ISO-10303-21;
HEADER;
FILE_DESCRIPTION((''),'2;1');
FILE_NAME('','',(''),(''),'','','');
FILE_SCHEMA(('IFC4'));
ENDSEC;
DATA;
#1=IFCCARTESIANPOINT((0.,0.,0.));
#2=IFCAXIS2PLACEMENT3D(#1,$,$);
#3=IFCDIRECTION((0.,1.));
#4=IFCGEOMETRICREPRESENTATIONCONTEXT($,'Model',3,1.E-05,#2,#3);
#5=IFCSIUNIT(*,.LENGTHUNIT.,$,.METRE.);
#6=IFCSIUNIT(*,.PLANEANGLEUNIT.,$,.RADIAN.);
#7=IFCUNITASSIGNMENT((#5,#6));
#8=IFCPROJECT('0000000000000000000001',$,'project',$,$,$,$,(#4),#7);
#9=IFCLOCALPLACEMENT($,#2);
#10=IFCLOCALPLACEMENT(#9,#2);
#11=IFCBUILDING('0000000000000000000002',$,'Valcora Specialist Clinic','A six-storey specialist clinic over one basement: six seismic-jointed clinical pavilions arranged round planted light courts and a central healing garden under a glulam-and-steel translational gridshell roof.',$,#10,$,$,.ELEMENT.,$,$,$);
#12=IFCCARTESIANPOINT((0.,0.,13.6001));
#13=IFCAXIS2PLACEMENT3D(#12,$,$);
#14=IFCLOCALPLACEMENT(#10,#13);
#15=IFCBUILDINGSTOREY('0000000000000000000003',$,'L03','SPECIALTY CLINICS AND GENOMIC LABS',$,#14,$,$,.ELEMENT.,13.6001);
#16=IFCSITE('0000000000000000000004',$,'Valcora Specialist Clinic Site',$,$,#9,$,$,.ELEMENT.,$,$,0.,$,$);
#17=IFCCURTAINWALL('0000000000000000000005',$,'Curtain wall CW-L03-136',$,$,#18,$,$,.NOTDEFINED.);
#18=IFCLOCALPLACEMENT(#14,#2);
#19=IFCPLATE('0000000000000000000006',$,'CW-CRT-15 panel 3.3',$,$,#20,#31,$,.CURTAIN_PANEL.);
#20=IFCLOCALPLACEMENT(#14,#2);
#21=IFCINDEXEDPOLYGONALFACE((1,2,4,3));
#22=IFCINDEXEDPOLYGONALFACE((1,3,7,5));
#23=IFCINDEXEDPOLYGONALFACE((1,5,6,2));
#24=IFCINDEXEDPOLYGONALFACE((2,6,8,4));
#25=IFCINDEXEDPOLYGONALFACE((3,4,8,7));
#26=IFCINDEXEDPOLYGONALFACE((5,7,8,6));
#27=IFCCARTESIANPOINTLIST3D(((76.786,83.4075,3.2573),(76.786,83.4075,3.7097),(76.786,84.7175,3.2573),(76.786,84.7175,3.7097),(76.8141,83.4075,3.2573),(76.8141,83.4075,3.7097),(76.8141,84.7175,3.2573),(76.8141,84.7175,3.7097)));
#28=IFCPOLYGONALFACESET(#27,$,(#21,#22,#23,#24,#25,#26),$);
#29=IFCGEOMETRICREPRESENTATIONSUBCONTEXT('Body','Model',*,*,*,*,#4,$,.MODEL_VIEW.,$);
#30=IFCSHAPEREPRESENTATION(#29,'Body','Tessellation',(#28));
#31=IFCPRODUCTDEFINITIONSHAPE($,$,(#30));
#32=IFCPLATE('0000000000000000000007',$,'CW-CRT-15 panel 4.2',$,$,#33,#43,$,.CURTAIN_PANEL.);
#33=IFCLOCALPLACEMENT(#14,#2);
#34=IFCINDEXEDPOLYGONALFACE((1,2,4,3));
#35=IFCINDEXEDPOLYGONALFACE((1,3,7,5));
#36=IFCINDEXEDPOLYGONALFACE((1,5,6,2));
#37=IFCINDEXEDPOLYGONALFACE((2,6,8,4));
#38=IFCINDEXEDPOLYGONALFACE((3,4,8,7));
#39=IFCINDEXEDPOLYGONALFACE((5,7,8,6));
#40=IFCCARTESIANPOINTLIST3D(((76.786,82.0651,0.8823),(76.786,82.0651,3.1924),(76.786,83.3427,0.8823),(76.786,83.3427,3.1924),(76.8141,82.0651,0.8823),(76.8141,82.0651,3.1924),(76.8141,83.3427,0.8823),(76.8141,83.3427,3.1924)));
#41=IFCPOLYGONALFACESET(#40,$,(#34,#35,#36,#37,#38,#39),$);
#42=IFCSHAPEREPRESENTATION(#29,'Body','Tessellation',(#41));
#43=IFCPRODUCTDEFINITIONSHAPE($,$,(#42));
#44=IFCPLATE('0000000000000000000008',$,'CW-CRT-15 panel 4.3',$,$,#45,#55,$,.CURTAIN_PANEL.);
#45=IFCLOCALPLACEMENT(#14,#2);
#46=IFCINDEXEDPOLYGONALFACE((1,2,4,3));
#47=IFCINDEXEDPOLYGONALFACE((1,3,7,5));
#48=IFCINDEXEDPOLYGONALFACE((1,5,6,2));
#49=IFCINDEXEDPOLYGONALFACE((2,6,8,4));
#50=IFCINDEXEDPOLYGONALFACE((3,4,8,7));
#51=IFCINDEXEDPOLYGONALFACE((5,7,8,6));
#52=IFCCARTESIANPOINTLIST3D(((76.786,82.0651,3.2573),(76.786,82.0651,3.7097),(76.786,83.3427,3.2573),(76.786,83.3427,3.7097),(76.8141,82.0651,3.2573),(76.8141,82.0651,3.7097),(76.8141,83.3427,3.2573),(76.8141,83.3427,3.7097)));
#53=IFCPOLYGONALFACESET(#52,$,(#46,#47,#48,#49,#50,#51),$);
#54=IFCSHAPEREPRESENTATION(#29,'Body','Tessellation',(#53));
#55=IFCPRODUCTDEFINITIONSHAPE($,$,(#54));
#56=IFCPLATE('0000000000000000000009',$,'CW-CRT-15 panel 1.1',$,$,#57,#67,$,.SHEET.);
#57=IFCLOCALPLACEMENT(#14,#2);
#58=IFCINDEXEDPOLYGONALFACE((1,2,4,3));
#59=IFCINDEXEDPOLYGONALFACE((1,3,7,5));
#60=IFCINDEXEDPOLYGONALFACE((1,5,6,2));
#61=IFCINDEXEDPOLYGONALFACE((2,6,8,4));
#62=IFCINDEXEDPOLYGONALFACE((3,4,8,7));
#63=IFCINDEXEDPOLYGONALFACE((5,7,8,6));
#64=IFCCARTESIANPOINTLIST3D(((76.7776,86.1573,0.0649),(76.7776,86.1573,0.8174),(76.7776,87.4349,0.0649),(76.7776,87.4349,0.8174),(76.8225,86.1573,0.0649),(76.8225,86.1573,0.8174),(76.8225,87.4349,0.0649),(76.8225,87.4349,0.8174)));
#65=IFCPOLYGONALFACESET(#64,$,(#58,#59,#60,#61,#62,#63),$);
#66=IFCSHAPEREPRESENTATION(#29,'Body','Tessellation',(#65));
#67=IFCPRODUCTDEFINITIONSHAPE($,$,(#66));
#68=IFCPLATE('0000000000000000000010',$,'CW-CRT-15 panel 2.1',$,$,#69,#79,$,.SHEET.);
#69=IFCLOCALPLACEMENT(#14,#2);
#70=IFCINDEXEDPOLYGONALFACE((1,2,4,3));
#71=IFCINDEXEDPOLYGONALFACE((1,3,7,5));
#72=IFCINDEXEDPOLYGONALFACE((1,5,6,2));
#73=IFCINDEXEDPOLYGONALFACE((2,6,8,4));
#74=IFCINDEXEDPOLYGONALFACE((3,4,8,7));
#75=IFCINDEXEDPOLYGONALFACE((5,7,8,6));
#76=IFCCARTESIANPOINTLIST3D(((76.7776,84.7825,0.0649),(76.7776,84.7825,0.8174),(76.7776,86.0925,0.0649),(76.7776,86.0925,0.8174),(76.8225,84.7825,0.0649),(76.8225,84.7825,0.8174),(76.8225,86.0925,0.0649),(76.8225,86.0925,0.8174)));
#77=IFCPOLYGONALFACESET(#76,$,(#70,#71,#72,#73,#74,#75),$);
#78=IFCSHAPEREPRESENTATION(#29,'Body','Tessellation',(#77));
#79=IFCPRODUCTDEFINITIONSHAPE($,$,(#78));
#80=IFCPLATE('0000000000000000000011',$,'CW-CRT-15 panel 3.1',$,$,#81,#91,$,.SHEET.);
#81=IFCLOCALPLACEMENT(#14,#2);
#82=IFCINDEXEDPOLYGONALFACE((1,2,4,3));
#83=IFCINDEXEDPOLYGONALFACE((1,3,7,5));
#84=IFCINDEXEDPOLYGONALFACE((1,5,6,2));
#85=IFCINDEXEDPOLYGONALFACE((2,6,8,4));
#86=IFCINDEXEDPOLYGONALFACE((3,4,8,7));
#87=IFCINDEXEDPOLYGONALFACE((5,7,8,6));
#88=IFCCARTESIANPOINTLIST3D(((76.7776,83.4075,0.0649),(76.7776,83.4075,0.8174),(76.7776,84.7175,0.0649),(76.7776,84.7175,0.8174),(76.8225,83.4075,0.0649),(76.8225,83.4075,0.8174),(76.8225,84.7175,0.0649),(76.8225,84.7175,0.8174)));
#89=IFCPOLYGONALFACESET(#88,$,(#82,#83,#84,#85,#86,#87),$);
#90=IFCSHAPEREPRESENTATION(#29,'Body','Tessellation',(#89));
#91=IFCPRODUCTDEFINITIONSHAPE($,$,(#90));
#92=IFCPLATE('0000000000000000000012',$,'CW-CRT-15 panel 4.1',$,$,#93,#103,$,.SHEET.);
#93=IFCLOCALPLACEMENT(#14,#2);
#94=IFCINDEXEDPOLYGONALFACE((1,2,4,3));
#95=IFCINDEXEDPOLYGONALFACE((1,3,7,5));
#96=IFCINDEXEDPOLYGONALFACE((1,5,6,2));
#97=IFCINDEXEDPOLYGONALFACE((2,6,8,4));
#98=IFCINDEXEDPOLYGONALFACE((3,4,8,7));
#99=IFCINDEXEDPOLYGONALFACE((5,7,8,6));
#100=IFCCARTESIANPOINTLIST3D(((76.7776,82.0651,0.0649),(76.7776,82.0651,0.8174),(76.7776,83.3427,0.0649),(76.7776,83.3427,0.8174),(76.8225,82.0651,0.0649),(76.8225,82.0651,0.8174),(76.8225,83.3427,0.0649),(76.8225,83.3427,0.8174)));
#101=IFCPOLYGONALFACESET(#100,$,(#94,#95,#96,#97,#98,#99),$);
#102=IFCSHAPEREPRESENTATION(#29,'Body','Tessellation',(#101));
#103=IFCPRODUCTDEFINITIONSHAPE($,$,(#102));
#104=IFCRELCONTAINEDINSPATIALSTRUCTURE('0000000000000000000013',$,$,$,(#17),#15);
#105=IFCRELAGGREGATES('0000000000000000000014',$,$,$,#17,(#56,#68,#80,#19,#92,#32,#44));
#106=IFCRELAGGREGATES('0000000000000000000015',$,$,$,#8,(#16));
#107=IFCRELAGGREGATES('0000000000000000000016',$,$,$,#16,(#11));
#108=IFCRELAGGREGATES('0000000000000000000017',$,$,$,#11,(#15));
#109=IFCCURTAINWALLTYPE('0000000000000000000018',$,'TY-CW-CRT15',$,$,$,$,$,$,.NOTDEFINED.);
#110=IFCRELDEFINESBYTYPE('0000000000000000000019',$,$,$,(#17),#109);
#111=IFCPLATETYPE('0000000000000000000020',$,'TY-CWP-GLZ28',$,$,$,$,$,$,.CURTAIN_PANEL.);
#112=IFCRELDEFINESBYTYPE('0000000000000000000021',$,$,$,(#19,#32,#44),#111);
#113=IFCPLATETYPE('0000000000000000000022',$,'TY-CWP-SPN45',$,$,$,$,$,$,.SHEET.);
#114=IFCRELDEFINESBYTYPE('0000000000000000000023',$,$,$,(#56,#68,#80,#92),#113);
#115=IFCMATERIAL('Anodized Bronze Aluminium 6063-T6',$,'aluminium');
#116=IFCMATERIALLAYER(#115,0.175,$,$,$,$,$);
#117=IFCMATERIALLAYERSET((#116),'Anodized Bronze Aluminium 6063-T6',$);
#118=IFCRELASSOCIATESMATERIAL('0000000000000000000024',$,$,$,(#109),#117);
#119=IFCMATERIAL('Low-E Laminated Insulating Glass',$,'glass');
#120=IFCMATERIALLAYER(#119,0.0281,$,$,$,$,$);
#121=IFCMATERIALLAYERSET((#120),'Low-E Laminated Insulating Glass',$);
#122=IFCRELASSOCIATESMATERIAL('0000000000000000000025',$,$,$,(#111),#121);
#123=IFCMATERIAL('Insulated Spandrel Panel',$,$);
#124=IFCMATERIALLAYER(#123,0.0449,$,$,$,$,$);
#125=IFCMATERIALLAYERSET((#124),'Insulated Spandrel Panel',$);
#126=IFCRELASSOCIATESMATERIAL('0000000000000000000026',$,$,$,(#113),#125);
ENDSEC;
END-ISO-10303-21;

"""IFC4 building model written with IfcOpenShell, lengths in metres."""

from ifc_helpers import new_model, si_unit, direction, frame, origin, origin_2d, place, context, subcontext, project, spatial, rectangle, extrude, material, layer, layer_set, type_object, element, aggregate, save


model = new_model("IFC4")

# Units and contexts
model_context = context("Model", 3, precision=1e-05, world=origin(), true_north=direction((0.0, 1.0)))
body_context = subcontext(model_context, "Body", "Model", "MODEL_VIEW")
ifc_project = project(units=[si_unit("LENGTHUNIT", "METRE"), si_unit("PLANEANGLEUNIT", "RADIAN")], contexts=[model_context])

# Site, building, storey
site_placement = place(None, origin())
site = spatial("IfcSite", under=ifc_project, at=site_placement, Name="Valcora Specialist Clinic Site", CompositionType="ELEMENT", RefElevation=0.0)
building_placement = place(site_placement, origin())
building = spatial("IfcBuilding", under=site, at=building_placement, Name="Valcora Specialist Clinic", Description="A six-storey specialist clinic over one basement: six seismic-jointed clinical pavilions arranged round planted light courts and a central healing garden under a glulam-and-steel translational gridshell roof.", CompositionType="ELEMENT")
storey_placement = place(building_placement, frame((0.0, 0.0, 13.6001)))
storey = spatial("IfcBuildingStorey", under=building, at=storey_placement, Name="L03", Description="SPECIALTY CLINICS AND GENOMIC LABS", CompositionType="ELEMENT", Elevation=13.6001)

# Curtain wall, plates
ifc_material_1 = material(Name="Anodized Bronze Aluminium 6063-T6", Category="aluminium")
ifc_layer_1 = layer(ifc_material_1, 0.175)
ifc_layer_set_1 = layer_set([ifc_layer_1], Name="Anodized Bronze Aluminium 6063-T6")
curtain_wall_type = type_object("IfcCurtainWallType", Name="TY-CW-CRT15", PredefinedType="NOTDEFINED", material=ifc_layer_set_1)
curtain_wall_placement = place(storey_placement, origin())
curtain_wall = element("IfcCurtainWall", 1, at=curtain_wall_placement, inside=storey, type_object=curtain_wall_type, Name="Curtain wall CW-L03-136", PredefinedType="NOTDEFINED")
ifc_material_2 = material(Name="Low-E Laminated Insulating Glass", Category="glass")
ifc_layer_2 = layer(ifc_material_2, 0.0281)
ifc_layer_set_2 = layer_set([ifc_layer_2], Name="Low-E Laminated Insulating Glass")
plate_type_1 = type_object("IfcPlateType", Name="TY-CWP-GLZ28", PredefinedType="CURTAIN_PANEL", material=ifc_layer_set_2)
plate_1_placement = place(storey_placement, frame((76.8, 84.0625, 3.2573), z_axis=(0.0, 0.0, 1.0), x_axis=(0.0, -1.0, 0.0)))
plate_1 = element("IfcPlate", 2, at=plate_1_placement, type_object=plate_type_1, Name="CW-CRT-15 panel 3.3", PredefinedType="CURTAIN_PANEL", context=body_context, shape_type="SweptSolid", body=[
    extrude(rectangle(XDim=1.3101, YDim=0.0281, at=origin_2d()), origin(), (0.0, 0.0, 1.0), 0.4524),
])
plate_2_placement = place(storey_placement, frame((76.8, 82.7039, 0.8823), z_axis=(0.0, 0.0, 1.0), x_axis=(0.0, -1.0, 0.0)))
plate_2 = element("IfcPlate", 3, at=plate_2_placement, type_object=plate_type_1, Name="CW-CRT-15 panel 4.2", PredefinedType="CURTAIN_PANEL", context=body_context, shape_type="SweptSolid", body=[
    extrude(rectangle(XDim=1.2776, YDim=0.0281, at=origin_2d()), origin(), (0.0, 0.0, 1.0), 2.3101),
])
plate_3_placement = place(storey_placement, frame((76.8, 82.7039, 3.2573), z_axis=(0.0, 0.0, 1.0), x_axis=(0.0, -1.0, 0.0)))
plate_3 = element("IfcPlate", 4, at=plate_3_placement, type_object=plate_type_1, Name="CW-CRT-15 panel 4.3", PredefinedType="CURTAIN_PANEL", context=body_context, shape_type="SweptSolid", body=[
    extrude(rectangle(XDim=1.2776, YDim=0.0281, at=origin_2d()), origin(), (0.0, 0.0, 1.0), 0.4524),
])
ifc_material_3 = material(Name="Insulated Spandrel Panel")
ifc_layer_3 = layer(ifc_material_3, 0.0449)
ifc_layer_set_3 = layer_set([ifc_layer_3], Name="Insulated Spandrel Panel")
plate_type_2 = type_object("IfcPlateType", Name="TY-CWP-SPN45", PredefinedType="SHEET", material=ifc_layer_set_3)
plate_4_placement = place(storey_placement, frame((76.8, 86.7961, 0.0649), z_axis=(0.0, 0.0, 1.0), x_axis=(0.0, -1.0, 0.0)))
plate_4 = element("IfcPlate", 5, at=plate_4_placement, type_object=plate_type_2, Name="CW-CRT-15 panel 1.1", PredefinedType="SHEET", context=body_context, shape_type="SweptSolid", body=[
    extrude(rectangle(XDim=1.2776, YDim=0.0449, at=origin_2d()), origin(), (0.0, 0.0, 1.0), 0.7524),
])
plate_5_placement = place(storey_placement, frame((76.8, 85.4375, 0.0649), z_axis=(0.0, 0.0, 1.0), x_axis=(0.0, -1.0, 0.0)))
plate_5 = element("IfcPlate", 6, at=plate_5_placement, type_object=plate_type_2, Name="CW-CRT-15 panel 2.1", PredefinedType="SHEET", context=body_context, shape_type="SweptSolid", body=[
    extrude(rectangle(XDim=1.3101, YDim=0.0449, at=origin_2d()), origin(), (0.0, 0.0, 1.0), 0.7524),
])
plate_6_placement = place(storey_placement, frame((76.8, 84.0625, 0.0649), z_axis=(0.0, 0.0, 1.0), x_axis=(0.0, -1.0, 0.0)))
plate_6 = element("IfcPlate", 7, at=plate_6_placement, type_object=plate_type_2, Name="CW-CRT-15 panel 3.1", PredefinedType="SHEET", context=body_context, shape_type="SweptSolid", body=[
    extrude(rectangle(XDim=1.3101, YDim=0.0449, at=origin_2d()), origin(), (0.0, 0.0, 1.0), 0.7524),
])
plate_7_placement = place(storey_placement, frame((76.8, 82.7039, 0.0649), z_axis=(0.0, 0.0, 1.0), x_axis=(0.0, -1.0, 0.0)))
plate_7 = element("IfcPlate", 8, at=plate_7_placement, type_object=plate_type_2, Name="CW-CRT-15 panel 4.1", PredefinedType="SHEET", context=body_context, shape_type="SweptSolid", body=[
    extrude(rectangle(XDim=1.2776, YDim=0.0449, at=origin_2d()), origin(), (0.0, 0.0, 1.0), 0.7524),
])
aggregate(curtain_wall, [plate_4, plate_5, plate_6, plate_1, plate_7, plate_2, plate_3])

save(model, "model.ifc")
